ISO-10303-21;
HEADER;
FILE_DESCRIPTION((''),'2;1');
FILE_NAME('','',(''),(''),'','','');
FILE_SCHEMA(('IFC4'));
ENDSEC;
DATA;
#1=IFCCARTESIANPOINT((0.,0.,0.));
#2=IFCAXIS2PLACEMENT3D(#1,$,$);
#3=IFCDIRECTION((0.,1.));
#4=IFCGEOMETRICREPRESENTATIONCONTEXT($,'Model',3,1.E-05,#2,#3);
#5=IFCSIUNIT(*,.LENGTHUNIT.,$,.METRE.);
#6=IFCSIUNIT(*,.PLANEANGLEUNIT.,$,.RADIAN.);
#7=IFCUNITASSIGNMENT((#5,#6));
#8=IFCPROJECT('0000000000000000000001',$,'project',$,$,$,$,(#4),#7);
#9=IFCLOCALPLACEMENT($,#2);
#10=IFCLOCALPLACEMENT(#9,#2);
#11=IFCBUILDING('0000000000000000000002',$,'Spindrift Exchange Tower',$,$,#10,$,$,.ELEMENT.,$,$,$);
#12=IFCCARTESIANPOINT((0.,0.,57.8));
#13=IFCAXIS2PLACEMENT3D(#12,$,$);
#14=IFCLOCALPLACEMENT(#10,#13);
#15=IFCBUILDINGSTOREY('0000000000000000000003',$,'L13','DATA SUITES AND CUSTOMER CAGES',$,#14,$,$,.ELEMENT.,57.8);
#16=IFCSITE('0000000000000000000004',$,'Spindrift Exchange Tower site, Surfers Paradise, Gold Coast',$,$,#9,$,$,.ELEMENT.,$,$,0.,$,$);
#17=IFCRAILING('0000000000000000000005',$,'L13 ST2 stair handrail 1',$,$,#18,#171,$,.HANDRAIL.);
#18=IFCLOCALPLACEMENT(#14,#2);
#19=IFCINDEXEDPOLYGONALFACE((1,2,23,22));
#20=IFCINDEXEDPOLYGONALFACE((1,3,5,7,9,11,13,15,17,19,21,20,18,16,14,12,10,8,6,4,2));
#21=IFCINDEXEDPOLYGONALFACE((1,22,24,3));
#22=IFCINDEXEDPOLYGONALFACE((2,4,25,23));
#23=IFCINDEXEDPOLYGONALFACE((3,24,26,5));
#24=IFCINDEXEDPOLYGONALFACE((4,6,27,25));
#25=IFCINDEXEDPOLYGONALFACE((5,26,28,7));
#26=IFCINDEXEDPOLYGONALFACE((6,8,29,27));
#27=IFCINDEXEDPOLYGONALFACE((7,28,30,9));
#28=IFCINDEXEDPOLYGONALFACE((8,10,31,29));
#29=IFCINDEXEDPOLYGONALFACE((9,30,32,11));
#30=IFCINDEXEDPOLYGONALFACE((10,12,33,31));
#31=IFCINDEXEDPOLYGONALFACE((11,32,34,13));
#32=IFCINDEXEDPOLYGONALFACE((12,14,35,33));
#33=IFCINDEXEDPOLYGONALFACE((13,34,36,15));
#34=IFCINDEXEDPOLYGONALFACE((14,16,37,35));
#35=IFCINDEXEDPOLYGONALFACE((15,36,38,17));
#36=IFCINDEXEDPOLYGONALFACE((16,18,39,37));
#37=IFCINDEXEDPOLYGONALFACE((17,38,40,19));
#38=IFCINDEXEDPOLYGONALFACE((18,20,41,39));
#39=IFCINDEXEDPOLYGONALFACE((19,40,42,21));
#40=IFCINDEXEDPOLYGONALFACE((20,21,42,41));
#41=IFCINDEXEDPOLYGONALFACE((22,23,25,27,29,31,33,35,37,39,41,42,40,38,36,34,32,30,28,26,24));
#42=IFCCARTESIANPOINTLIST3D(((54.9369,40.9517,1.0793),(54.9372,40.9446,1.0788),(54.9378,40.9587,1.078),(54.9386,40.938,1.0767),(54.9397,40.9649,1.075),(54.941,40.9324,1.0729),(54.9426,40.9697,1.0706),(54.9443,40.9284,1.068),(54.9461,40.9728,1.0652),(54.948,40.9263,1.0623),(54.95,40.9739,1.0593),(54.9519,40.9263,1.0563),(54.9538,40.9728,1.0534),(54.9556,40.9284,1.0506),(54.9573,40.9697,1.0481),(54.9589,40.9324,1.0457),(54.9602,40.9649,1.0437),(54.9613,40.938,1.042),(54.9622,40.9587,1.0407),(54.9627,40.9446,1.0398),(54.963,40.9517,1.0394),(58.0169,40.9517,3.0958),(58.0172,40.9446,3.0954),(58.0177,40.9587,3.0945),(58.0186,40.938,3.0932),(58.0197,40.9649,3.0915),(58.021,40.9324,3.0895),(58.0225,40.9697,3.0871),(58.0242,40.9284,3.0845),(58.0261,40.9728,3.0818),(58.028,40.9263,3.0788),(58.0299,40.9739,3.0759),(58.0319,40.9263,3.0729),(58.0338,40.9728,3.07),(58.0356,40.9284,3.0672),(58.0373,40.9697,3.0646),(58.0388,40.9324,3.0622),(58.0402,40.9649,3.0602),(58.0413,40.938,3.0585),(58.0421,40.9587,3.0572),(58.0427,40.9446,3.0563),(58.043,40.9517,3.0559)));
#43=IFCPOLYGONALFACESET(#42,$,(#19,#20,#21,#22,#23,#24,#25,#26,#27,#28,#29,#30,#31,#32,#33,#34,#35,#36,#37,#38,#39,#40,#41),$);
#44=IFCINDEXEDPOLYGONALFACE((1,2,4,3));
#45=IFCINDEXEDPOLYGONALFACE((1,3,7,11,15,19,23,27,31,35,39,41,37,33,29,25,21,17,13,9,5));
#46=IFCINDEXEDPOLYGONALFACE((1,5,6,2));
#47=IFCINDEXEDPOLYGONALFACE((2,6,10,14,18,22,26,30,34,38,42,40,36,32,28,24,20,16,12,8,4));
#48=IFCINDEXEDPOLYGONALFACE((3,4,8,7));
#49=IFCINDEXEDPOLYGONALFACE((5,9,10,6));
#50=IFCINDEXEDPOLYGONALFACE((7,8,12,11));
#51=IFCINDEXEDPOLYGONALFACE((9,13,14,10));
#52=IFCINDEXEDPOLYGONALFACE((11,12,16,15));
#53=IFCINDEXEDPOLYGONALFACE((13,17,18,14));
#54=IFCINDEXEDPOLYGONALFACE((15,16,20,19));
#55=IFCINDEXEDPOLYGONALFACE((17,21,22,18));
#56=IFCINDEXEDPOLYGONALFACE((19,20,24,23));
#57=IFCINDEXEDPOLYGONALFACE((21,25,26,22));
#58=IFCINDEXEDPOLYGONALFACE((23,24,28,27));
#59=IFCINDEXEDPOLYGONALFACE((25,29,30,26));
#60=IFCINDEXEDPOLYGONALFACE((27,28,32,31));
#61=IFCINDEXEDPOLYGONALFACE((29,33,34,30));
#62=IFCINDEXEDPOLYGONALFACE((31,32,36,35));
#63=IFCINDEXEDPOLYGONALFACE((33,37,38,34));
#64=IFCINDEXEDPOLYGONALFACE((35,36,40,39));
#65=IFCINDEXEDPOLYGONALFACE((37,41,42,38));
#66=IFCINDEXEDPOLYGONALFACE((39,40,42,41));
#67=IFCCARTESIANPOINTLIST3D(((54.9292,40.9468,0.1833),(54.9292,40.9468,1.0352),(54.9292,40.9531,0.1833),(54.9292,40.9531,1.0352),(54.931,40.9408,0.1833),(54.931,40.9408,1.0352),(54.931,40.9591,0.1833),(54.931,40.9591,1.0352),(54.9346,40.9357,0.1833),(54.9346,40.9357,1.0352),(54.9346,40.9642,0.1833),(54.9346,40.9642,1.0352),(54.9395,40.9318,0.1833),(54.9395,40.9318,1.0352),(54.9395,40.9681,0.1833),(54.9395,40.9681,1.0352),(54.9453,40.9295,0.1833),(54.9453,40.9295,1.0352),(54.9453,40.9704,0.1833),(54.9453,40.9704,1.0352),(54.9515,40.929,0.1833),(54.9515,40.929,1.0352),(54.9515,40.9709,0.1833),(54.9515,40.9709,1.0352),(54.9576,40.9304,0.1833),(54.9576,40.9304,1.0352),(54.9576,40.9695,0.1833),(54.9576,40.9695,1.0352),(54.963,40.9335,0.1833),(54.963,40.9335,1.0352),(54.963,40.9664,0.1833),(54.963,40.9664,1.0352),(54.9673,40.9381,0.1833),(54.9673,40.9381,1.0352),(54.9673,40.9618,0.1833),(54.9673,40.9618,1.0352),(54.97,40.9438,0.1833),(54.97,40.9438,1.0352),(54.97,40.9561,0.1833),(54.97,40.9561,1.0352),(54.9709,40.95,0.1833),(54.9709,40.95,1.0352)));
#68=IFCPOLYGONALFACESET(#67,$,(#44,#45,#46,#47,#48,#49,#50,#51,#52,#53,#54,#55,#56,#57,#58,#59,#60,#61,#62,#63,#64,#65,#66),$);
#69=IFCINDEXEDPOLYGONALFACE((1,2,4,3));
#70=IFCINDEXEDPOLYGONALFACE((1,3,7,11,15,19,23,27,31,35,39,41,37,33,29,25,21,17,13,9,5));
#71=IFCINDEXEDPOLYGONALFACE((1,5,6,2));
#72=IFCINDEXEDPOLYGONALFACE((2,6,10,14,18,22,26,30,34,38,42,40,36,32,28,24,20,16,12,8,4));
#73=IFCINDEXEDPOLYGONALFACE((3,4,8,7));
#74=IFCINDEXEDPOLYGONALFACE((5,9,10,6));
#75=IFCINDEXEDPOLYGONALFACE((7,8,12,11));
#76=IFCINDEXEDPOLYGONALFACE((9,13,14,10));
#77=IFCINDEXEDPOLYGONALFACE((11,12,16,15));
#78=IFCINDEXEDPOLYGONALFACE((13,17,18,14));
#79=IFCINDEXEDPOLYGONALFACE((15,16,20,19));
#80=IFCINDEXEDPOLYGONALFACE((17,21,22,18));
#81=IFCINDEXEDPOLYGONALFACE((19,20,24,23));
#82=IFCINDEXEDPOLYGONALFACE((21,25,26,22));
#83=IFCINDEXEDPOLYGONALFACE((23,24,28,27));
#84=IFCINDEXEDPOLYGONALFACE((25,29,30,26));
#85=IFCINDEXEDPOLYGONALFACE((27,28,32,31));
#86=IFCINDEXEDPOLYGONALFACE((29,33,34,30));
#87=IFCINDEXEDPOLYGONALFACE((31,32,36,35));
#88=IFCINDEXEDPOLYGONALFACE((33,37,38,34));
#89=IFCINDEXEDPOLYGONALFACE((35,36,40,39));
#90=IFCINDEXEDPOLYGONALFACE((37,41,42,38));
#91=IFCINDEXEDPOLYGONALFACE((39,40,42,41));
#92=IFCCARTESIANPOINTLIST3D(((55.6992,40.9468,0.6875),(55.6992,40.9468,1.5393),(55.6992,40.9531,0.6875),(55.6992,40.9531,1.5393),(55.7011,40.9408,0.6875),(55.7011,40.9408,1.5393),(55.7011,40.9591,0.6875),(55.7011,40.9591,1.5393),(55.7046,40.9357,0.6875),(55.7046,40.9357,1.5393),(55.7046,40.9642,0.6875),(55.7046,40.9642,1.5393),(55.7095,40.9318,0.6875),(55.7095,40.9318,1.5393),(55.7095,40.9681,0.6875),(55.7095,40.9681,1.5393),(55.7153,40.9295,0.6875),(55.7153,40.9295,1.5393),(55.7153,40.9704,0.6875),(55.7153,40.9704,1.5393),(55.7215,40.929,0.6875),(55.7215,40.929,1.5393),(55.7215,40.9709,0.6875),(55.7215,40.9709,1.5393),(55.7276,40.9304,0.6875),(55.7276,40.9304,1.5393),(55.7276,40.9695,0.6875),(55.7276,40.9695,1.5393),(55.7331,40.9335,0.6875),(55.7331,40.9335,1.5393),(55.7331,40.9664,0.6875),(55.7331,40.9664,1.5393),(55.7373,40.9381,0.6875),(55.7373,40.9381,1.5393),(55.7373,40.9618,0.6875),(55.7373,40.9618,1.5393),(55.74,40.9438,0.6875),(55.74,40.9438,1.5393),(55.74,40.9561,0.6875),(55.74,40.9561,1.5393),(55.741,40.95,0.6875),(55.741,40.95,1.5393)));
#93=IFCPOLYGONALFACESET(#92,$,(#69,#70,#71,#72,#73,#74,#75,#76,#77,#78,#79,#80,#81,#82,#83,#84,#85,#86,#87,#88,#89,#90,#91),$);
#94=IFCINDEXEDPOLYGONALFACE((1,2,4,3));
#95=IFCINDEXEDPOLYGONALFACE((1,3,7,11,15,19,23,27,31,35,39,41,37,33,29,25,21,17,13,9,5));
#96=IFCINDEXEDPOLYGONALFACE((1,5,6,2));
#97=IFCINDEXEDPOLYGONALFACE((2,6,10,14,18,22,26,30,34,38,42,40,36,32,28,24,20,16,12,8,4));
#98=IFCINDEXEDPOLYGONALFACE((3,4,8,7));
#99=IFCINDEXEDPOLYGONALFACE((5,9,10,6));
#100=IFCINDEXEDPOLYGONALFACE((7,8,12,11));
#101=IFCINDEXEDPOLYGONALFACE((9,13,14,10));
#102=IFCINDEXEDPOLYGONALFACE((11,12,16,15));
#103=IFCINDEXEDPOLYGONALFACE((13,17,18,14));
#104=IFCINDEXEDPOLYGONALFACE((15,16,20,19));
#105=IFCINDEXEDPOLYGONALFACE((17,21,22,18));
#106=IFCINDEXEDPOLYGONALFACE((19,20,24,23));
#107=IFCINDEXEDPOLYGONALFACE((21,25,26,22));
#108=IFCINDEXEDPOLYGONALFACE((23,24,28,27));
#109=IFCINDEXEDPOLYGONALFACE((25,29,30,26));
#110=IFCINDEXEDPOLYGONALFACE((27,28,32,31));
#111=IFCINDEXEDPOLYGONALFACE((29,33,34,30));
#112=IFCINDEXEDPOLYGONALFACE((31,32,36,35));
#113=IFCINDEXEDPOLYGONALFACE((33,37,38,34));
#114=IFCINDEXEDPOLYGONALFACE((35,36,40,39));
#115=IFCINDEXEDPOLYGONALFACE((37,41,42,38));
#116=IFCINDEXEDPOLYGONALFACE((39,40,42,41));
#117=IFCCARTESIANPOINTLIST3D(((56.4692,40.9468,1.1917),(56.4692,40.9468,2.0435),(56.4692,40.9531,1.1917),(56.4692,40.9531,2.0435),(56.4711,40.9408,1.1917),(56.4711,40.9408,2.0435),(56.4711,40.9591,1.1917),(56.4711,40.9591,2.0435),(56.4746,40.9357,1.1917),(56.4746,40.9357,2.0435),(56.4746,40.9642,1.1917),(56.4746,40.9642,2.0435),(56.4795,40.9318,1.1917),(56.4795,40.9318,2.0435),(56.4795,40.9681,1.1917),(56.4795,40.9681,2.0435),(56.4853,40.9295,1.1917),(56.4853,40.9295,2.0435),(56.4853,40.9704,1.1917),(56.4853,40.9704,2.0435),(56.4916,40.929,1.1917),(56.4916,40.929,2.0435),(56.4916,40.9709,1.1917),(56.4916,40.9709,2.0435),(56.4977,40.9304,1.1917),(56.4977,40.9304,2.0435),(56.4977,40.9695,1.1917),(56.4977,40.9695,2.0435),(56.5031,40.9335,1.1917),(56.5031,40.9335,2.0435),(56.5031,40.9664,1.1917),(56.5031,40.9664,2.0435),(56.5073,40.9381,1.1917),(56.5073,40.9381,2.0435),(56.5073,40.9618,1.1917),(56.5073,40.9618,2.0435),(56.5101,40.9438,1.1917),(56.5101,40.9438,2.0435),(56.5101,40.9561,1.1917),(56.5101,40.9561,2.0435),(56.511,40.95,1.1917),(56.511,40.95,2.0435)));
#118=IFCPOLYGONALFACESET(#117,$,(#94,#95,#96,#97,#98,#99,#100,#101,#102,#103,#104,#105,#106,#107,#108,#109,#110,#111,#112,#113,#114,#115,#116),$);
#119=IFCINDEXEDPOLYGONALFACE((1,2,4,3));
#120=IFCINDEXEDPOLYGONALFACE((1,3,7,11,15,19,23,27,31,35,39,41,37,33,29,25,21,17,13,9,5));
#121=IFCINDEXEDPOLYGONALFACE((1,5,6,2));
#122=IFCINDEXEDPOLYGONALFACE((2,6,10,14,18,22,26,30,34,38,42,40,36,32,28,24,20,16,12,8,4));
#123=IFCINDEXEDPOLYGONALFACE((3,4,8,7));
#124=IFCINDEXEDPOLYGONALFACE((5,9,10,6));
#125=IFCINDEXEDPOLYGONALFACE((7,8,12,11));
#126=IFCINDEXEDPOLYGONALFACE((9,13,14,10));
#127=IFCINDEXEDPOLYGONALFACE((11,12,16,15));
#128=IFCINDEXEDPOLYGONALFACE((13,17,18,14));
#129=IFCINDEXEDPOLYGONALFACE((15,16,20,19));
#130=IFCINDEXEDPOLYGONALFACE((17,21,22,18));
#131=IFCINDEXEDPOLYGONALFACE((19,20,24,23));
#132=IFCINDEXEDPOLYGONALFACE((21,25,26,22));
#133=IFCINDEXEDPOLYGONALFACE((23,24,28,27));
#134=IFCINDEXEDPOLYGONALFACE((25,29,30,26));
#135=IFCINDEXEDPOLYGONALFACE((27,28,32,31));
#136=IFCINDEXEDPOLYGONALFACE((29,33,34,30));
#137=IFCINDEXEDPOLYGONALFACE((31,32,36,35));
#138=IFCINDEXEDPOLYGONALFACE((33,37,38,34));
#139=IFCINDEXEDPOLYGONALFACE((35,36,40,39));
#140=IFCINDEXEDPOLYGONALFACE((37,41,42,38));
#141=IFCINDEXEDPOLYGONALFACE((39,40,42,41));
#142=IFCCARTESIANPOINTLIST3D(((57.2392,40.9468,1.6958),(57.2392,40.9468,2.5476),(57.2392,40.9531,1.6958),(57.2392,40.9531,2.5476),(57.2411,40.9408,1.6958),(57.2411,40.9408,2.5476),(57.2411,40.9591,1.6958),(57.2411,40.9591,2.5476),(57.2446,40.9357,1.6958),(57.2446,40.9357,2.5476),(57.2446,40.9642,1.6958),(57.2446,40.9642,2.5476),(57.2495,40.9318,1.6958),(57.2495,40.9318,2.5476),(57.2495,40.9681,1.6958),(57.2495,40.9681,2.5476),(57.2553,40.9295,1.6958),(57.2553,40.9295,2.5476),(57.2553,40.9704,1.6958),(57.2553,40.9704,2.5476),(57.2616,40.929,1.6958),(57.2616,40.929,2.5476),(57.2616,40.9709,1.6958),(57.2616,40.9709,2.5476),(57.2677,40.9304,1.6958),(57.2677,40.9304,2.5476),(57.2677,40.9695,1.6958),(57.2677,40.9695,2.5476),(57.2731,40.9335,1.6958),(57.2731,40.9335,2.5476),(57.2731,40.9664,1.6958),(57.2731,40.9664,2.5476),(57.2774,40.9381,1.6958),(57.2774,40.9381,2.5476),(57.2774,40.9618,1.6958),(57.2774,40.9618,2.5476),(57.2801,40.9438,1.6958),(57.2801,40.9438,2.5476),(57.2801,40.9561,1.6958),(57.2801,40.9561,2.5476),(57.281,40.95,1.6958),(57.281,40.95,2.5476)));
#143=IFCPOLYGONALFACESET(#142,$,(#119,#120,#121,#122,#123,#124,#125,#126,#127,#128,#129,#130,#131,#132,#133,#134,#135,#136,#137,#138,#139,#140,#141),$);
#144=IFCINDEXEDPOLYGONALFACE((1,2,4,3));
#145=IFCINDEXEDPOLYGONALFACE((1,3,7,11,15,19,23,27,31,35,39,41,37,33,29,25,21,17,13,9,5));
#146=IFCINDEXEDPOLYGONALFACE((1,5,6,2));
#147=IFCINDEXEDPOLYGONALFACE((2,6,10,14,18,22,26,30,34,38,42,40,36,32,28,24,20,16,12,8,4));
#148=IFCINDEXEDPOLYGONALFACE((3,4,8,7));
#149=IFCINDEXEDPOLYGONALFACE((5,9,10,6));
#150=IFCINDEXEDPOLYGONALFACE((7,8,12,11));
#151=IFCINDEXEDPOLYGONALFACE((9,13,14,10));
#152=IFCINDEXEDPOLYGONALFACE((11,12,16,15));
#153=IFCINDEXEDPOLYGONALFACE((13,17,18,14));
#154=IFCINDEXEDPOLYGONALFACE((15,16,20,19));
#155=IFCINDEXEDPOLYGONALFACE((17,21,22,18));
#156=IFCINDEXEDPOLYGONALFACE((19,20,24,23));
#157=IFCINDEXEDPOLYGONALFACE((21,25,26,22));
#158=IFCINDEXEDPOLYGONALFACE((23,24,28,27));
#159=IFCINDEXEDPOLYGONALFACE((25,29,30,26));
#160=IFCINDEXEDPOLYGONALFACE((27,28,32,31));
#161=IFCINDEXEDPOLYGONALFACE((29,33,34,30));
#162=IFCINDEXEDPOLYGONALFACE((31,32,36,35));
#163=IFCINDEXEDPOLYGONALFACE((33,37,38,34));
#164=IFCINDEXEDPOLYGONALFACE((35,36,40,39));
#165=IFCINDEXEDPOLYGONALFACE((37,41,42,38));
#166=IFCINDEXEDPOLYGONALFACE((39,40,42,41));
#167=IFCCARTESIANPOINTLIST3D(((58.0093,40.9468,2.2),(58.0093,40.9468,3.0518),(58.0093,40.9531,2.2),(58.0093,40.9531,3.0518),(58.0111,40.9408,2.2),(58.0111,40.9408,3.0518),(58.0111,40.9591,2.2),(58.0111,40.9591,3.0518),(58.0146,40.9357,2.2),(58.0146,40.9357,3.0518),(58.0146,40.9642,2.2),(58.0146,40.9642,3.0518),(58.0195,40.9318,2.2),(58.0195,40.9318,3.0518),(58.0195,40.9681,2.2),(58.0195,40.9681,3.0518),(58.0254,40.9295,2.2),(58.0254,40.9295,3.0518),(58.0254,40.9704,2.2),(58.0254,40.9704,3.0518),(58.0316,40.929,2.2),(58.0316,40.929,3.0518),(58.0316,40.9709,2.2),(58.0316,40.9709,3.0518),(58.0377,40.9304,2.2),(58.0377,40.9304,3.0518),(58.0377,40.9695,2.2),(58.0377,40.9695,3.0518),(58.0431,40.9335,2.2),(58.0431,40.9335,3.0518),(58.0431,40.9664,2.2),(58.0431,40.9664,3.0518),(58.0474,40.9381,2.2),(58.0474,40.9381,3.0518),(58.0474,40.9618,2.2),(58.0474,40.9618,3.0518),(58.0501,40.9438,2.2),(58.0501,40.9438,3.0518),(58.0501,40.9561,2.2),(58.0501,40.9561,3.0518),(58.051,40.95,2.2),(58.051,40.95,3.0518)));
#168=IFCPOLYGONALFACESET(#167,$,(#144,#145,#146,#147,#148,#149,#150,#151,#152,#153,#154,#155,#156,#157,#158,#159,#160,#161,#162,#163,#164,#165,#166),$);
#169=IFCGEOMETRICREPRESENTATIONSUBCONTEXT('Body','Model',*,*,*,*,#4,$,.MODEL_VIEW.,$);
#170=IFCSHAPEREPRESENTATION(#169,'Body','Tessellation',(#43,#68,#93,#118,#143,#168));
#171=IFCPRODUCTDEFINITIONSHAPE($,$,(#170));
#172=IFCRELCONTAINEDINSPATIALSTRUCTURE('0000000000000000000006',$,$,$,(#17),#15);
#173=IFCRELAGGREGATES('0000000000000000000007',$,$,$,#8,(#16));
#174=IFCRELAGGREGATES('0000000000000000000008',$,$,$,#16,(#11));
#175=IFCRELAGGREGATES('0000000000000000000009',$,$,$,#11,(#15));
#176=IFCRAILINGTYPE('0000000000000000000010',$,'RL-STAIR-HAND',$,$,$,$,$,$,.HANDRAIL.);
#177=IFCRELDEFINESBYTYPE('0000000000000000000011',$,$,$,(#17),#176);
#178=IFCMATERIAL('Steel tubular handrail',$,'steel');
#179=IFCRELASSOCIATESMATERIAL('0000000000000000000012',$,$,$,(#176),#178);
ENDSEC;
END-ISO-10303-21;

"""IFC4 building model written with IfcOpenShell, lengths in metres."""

from ifc_helpers import new_model, si_unit, direction, frame, origin, origin_2d, place, context, subcontext, project, spatial, circle, extrude, material, type_object, element, save


model = new_model("IFC4")

# Units and contexts
model_context = context("Model", 3, precision=1e-05, world=origin(), true_north=direction((0.0, 1.0)))
body_context = subcontext(model_context, "Body", "Model", "MODEL_VIEW")
ifc_project = project(units=[si_unit("LENGTHUNIT", "METRE"), si_unit("PLANEANGLEUNIT", "RADIAN")], contexts=[model_context])

# Site, building, storey
site_placement = place(None, origin())
site = spatial("IfcSite", under=ifc_project, at=site_placement, Name="Spindrift Exchange Tower site, Surfers Paradise, Gold Coast", CompositionType="ELEMENT", RefElevation=0.0)
building_placement = place(site_placement, origin())
building = spatial("IfcBuilding", under=site, at=building_placement, Name="Spindrift Exchange Tower", CompositionType="ELEMENT")
storey_placement = place(building_placement, frame((0.0, 0.0, 57.8)))
storey = spatial("IfcBuildingStorey", under=building, at=storey_placement, Name="L13", Description="DATA SUITES AND CUSTOMER CAGES", CompositionType="ELEMENT", Elevation=57.8)

# Railing
ifc_material_1 = material(Name="Steel tubular handrail", Category="steel")
railing_type_1 = type_object("IfcRailingType", Name="RL-STAIR-HAND", PredefinedType="HANDRAIL", material=ifc_material_1)
railing_1_placement = place(storey_placement, frame((54.95, 40.95, 0.1833)))
element("IfcRailing", 1, at=railing_1_placement, inside=storey, type_object=railing_type_1, Name="L13 ST2 stair handrail 1", PredefinedType="HANDRAIL", context=body_context, shape_type="SweptSolid", body=[
    extrude(circle(Radius=0.0239, at=origin_2d()), frame((0.0, 0.0, 0.876), z_axis=(0.836633, 0.0, 0.547764), x_axis=(0.0, 1.0, 0.0)), (0.0, 0.0, 1.0), 3.6814),
    extrude(circle(Radius=0.021, at=origin_2d()), origin(), (0.0, 0.0, 1.0), 0.8518),
    extrude(circle(Radius=0.021, at=origin_2d()), frame((0.77, 0.0, 0.5042)), (0.0, 0.0, 1.0), 0.8518),
    extrude(circle(Radius=0.021, at=origin_2d()), frame((1.54, 0.0, 1.0083)), (0.0, 0.0, 1.0), 0.8518),
    extrude(circle(Radius=0.021, at=origin_2d()), frame((2.3101, 0.0, 1.5125)), (0.0, 0.0, 1.0), 0.8518),
    extrude(circle(Radius=0.021, at=origin_2d()), frame((3.0801, 0.0, 2.0166)), (0.0, 0.0, 1.0), 0.8518),
])

save(model, "model.ifc")
